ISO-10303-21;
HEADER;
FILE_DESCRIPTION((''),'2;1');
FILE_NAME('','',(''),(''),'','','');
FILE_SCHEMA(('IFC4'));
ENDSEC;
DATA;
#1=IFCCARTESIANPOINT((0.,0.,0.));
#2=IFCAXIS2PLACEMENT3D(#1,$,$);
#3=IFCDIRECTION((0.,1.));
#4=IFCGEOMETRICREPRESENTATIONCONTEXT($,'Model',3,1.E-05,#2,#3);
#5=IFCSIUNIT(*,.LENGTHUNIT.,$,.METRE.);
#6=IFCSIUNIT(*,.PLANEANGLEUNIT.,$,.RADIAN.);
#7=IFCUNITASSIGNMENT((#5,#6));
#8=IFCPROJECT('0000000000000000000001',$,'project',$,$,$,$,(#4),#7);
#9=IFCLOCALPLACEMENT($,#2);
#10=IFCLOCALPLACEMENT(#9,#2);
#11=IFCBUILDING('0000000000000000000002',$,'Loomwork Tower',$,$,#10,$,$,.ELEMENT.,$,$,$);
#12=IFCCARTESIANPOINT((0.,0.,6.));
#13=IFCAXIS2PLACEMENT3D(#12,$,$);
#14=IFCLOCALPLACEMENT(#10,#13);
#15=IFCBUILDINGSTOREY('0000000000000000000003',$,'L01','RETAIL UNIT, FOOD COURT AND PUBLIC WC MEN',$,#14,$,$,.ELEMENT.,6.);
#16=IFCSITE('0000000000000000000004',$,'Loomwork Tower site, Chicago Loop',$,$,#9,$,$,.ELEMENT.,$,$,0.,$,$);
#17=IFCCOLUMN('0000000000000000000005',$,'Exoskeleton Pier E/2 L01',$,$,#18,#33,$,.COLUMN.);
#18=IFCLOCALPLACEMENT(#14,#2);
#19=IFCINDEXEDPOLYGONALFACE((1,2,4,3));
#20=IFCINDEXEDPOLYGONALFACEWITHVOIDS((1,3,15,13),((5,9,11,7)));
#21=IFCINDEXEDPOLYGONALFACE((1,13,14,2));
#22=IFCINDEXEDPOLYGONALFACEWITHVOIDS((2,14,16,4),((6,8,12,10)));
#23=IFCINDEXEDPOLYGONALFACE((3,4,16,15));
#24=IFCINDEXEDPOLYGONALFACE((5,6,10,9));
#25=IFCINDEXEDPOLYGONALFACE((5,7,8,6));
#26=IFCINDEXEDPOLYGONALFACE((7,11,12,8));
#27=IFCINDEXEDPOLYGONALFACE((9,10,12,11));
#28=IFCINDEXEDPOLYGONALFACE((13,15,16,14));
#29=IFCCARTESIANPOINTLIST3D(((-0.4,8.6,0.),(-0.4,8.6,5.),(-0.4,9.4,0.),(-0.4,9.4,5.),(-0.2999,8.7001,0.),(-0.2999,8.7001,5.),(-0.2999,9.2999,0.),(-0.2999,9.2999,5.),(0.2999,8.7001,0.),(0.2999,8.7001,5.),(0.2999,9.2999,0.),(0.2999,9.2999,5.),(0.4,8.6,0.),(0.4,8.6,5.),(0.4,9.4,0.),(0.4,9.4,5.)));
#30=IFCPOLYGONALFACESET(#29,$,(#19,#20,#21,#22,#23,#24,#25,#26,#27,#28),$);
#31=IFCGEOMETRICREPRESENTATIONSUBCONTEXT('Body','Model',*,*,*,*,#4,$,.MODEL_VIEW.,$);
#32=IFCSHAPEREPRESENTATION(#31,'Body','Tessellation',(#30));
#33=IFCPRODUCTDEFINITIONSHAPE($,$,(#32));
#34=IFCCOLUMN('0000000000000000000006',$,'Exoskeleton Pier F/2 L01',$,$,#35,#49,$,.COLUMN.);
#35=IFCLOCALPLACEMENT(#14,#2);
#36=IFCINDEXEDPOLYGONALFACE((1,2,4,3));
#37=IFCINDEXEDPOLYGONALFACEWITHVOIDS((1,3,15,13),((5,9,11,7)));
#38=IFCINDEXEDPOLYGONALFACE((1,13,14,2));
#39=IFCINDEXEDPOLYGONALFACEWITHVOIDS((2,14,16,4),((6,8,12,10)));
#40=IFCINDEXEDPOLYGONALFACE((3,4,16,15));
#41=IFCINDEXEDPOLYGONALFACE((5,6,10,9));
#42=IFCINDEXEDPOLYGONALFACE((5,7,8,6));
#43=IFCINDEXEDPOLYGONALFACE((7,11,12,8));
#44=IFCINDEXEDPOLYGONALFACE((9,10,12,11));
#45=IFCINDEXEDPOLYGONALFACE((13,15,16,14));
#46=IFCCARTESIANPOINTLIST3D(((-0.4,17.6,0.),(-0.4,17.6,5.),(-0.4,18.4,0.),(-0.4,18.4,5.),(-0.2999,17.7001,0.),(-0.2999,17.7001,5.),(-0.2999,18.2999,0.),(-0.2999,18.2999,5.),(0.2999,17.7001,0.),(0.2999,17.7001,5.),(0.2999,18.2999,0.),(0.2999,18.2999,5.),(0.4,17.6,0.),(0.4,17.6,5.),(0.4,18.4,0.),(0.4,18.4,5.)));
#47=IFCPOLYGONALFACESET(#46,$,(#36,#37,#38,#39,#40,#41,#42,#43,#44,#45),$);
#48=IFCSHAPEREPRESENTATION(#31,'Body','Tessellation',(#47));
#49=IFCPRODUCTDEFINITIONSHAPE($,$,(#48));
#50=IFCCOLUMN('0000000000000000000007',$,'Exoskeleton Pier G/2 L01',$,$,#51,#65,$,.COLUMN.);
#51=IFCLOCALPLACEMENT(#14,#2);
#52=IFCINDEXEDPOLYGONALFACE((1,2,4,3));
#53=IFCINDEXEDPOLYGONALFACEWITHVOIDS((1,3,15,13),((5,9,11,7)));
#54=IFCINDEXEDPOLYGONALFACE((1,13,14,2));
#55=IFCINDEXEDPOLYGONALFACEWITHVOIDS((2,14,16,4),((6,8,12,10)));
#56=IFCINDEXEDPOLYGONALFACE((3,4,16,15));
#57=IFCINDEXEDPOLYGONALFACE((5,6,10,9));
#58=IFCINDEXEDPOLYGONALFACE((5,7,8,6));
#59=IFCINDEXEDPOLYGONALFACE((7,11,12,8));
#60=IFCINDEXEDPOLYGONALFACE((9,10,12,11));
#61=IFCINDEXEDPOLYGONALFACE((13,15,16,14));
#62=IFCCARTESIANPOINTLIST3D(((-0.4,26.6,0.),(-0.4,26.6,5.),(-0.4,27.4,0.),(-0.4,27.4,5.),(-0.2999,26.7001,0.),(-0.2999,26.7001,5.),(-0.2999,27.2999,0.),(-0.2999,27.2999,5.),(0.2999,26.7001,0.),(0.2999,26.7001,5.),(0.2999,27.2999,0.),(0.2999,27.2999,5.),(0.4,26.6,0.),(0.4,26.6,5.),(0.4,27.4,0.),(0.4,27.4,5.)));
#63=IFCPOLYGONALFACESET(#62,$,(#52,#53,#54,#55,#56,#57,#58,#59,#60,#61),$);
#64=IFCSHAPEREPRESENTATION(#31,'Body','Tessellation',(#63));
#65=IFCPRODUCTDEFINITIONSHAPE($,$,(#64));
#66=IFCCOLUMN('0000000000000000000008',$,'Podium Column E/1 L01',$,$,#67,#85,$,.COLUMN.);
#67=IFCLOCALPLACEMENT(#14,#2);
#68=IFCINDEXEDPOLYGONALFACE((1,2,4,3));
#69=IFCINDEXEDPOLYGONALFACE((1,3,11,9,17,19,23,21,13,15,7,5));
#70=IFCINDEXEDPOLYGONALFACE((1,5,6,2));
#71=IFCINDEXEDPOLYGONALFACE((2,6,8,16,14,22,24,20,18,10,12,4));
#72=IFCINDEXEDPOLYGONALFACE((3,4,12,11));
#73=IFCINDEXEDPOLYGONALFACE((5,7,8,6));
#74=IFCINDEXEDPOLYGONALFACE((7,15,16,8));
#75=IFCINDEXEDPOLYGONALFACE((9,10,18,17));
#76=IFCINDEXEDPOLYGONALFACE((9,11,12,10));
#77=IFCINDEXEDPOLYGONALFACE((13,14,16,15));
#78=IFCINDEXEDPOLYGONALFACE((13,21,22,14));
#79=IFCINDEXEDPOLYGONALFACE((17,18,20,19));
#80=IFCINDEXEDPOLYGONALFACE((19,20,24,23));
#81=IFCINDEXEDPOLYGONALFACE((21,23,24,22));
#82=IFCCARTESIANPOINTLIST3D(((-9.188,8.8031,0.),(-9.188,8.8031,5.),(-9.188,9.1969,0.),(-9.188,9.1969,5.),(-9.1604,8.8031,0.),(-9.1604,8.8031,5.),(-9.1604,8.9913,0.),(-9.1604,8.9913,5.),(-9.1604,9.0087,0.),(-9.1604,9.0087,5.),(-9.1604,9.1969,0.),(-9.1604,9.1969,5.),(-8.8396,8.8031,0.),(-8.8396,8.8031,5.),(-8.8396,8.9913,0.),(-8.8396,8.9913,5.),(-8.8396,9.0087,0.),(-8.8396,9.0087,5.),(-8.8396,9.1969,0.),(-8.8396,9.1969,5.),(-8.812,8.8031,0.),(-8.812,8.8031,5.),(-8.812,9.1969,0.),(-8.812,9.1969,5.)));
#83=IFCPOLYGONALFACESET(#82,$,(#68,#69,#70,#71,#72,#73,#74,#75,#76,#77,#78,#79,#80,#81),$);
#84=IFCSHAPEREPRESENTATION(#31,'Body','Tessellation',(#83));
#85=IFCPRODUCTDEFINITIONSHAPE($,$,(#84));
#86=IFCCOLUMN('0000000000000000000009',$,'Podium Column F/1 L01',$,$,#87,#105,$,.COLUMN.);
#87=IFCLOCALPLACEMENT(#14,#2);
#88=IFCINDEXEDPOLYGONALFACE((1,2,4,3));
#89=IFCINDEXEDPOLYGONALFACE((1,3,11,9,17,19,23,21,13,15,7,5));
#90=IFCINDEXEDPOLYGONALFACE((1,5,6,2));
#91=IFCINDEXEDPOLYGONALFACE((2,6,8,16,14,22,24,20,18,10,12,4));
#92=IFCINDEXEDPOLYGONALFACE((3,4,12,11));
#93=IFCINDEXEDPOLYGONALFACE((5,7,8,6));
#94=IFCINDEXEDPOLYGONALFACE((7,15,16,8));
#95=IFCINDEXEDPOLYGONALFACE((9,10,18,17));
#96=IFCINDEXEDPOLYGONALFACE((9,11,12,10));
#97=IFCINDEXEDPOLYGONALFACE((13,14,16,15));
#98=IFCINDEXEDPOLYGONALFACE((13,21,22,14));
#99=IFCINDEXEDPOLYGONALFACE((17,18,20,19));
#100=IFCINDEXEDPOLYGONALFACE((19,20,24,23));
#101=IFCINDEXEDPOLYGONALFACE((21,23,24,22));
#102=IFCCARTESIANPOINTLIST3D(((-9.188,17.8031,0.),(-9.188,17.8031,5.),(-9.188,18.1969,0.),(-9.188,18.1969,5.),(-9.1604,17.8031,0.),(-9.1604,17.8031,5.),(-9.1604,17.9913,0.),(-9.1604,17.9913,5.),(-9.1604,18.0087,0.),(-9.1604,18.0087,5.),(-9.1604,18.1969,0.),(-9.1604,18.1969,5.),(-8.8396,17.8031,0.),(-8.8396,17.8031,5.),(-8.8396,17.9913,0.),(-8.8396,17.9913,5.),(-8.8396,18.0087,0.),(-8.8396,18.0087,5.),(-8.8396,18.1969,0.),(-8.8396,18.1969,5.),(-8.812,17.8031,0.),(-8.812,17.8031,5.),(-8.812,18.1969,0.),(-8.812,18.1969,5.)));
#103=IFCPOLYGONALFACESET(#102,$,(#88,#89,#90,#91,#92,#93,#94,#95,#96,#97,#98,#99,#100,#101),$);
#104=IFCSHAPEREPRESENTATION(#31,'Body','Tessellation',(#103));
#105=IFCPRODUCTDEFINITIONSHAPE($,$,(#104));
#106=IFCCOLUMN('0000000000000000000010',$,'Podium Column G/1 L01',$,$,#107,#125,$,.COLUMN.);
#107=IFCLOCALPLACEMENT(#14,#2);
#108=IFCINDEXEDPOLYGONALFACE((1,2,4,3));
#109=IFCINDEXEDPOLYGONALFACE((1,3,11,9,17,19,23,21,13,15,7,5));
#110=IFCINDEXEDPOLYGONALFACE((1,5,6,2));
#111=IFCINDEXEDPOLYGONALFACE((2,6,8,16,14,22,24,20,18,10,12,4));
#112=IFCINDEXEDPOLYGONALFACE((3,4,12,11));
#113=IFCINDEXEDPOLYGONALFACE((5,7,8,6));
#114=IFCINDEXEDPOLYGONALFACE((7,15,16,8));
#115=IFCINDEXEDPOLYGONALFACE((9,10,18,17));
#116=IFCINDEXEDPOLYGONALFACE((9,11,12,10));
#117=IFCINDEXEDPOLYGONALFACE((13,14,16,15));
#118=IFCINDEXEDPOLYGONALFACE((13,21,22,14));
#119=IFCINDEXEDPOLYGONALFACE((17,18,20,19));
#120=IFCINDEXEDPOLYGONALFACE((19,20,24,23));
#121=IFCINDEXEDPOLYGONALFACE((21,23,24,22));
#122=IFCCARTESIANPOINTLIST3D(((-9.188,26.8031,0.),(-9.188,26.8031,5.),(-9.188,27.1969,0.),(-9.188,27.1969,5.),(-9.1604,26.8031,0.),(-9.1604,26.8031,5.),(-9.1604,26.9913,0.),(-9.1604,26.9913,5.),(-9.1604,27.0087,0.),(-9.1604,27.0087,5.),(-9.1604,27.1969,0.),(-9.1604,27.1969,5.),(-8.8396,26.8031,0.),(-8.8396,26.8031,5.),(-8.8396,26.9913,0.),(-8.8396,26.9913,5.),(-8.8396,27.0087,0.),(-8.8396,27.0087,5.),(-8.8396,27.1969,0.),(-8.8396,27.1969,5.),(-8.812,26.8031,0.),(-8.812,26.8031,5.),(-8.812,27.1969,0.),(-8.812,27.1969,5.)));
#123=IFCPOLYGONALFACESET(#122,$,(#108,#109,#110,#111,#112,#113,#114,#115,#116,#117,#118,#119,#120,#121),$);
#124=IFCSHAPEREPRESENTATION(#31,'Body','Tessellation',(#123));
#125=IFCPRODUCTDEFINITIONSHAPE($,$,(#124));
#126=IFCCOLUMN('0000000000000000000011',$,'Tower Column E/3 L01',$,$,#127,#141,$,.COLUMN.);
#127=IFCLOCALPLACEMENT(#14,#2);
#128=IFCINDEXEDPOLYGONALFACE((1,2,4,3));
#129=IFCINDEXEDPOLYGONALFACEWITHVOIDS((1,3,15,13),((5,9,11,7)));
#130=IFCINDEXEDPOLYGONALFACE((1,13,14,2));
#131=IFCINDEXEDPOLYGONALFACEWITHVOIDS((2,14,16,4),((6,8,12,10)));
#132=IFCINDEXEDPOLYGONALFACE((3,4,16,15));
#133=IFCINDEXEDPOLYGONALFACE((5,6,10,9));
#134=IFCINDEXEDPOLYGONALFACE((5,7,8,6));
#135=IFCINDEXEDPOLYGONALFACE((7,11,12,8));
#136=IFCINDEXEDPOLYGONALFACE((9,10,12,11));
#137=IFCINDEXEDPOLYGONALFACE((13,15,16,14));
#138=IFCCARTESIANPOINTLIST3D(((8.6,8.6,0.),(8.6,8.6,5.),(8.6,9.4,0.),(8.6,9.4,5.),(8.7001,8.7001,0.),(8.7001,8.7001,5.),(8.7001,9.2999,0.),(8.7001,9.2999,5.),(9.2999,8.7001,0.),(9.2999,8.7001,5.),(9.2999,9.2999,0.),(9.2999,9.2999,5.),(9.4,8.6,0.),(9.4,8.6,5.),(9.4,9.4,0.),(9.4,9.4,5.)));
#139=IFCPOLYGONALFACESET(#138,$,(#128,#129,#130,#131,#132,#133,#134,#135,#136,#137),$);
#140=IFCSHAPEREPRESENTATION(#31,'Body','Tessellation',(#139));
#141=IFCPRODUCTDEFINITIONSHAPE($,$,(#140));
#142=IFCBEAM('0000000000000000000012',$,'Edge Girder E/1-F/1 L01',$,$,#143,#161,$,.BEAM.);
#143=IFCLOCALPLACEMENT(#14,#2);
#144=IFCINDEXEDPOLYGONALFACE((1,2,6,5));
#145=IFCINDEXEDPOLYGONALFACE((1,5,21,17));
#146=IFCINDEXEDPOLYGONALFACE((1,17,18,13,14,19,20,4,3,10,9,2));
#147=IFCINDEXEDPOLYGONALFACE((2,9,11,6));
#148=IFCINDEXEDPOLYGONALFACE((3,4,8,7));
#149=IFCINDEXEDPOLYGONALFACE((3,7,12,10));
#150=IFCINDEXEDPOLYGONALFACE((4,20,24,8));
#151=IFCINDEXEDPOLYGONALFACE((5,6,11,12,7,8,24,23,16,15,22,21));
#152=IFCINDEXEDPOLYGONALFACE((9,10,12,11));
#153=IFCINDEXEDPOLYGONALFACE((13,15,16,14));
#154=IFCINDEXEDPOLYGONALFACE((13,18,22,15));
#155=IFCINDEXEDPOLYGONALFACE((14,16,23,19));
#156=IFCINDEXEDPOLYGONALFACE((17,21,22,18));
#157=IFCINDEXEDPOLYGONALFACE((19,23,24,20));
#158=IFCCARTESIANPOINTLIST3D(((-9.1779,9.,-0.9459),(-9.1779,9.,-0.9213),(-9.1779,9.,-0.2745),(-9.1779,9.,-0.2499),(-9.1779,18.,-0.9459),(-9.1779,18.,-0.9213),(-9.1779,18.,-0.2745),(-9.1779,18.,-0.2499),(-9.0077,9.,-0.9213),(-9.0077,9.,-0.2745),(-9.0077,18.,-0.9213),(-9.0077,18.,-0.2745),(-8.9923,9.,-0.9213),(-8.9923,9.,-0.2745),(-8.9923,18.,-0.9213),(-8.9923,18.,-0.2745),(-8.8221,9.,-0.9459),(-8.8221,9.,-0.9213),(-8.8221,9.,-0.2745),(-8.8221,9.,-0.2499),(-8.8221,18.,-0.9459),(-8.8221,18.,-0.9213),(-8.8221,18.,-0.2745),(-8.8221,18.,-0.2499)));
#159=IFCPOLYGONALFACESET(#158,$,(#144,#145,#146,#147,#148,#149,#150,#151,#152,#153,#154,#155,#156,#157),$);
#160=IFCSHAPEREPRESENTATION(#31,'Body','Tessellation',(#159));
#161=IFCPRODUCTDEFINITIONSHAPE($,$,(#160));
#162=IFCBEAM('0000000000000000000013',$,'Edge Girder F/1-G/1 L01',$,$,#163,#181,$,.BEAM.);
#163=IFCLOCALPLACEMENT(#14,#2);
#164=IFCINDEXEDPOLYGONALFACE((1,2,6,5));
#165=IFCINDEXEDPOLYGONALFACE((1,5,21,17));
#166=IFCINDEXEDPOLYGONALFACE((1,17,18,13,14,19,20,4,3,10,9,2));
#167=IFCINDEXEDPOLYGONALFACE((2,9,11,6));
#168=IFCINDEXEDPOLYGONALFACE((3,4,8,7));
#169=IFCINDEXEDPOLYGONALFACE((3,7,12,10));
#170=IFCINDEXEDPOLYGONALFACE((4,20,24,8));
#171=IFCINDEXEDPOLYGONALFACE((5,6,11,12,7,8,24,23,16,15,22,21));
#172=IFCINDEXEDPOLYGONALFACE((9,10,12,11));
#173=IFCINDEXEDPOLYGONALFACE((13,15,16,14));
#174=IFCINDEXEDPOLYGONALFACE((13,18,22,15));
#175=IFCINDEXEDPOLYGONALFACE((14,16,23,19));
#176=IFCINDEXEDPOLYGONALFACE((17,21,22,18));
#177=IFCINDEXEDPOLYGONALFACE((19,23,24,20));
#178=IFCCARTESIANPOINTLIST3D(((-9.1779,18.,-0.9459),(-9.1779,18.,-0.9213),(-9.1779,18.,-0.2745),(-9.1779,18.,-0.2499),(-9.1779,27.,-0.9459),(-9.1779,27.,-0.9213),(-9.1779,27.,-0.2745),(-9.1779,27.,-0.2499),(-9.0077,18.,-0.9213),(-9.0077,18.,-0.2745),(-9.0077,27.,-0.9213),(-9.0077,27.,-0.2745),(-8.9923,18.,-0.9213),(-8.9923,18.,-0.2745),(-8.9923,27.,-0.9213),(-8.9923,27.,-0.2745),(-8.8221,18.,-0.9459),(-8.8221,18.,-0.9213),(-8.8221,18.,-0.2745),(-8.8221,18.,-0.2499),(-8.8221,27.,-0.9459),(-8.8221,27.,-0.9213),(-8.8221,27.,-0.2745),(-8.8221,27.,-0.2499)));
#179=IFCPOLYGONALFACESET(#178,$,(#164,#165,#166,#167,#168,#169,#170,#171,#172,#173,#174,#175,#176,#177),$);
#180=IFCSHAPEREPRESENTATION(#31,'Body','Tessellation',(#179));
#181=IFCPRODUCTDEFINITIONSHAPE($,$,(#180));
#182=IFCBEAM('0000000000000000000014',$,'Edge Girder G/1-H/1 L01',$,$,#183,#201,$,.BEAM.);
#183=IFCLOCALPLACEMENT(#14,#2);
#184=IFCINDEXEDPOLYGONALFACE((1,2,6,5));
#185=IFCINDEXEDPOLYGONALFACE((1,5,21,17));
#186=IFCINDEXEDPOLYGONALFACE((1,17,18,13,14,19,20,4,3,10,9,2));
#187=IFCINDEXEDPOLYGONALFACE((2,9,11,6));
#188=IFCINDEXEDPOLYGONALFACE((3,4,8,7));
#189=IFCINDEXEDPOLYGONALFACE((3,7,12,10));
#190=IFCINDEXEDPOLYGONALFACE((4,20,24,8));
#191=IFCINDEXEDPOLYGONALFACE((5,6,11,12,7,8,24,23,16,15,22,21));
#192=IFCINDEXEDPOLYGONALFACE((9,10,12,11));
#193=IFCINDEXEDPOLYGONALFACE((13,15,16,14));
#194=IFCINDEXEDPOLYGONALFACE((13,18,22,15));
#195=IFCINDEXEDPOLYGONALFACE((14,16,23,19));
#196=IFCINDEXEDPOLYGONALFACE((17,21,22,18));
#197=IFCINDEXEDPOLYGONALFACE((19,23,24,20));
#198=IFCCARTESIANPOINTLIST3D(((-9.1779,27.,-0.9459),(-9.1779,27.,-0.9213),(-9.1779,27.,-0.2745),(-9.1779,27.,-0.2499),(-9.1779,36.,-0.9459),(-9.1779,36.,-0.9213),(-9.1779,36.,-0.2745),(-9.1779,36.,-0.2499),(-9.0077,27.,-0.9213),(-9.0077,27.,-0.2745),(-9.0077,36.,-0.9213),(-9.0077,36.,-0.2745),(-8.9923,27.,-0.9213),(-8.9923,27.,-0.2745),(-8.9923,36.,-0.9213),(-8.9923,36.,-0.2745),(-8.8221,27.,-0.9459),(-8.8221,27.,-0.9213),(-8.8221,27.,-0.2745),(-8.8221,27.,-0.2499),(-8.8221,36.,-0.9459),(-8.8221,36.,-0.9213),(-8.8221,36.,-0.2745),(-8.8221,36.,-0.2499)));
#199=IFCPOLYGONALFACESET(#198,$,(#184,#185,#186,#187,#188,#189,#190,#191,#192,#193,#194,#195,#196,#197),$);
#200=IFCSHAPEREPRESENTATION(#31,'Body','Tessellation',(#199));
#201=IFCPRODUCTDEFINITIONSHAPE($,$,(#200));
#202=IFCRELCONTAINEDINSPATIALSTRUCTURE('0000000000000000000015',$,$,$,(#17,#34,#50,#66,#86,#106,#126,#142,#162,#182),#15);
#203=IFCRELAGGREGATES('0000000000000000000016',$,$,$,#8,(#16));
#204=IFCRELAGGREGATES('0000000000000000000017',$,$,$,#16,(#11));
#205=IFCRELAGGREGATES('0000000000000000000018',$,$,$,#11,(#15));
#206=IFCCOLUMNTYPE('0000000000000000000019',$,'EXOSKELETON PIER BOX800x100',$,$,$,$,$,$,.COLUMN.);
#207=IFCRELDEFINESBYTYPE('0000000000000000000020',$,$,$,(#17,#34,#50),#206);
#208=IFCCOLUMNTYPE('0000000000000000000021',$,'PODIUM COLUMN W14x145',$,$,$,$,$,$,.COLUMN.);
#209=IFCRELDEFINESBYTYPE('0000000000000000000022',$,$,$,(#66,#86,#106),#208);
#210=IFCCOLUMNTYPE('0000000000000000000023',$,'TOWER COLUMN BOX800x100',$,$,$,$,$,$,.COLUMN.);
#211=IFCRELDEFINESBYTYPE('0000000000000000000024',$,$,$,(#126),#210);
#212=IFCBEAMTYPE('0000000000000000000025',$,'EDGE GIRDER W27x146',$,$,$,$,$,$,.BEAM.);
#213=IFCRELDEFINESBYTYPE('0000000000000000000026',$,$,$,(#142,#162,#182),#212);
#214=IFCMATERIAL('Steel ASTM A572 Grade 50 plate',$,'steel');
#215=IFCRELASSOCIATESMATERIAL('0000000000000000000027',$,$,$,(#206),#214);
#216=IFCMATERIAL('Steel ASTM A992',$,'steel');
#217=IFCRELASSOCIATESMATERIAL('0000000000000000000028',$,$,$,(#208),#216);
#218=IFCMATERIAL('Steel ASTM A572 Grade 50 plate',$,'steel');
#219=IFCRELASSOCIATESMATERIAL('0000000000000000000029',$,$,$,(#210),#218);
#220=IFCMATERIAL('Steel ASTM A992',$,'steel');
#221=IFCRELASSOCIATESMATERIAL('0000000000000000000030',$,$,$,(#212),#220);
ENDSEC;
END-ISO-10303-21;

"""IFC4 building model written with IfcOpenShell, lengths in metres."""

from ifc_helpers import new_model, si_unit, direction, frame, origin, origin_2d, place, context, subcontext, project, spatial, hollow_rectangle, i_section, extrude, material, material_profile, profile_set, type_object, element, save


model = new_model("IFC4")

# Units and contexts
model_context = context("Model", 3, precision=1e-05, world=origin(), true_north=direction((0.0, 1.0)))
body_context = subcontext(model_context, "Body", "Model", "MODEL_VIEW")
ifc_project = project(units=[si_unit("LENGTHUNIT", "METRE"), si_unit("PLANEANGLEUNIT", "RADIAN")], contexts=[model_context])

# Site, building, storey
site_placement = place(None, origin())
site = spatial("IfcSite", under=ifc_project, at=site_placement, Name="Loomwork Tower site, Chicago Loop", CompositionType="ELEMENT", RefElevation=0.0)
building_placement = place(site_placement, origin())
building = spatial("IfcBuilding", under=site, at=building_placement, Name="Loomwork Tower", CompositionType="ELEMENT")
storey_placement = place(building_placement, frame((0.0, 0.0, 6.0)))
storey = spatial("IfcBuildingStorey", under=building, at=storey_placement, Name="L01", Description="RETAIL UNIT, FOOD COURT AND PUBLIC WC MEN", CompositionType="ELEMENT", Elevation=6.0)

# Columns
ifc_material_1 = material(Name="Steel ASTM A572 Grade 50 plate", Category="steel")
ifc_material_profile_1 = material_profile(ifc_material_1, hollow_rectangle(XDim=0.8, YDim=0.8, WallThickness=0.1001, at=origin_2d()), Name="BOX800x100")
ifc_profile_set_1 = profile_set([ifc_material_profile_1], Name="Steel ASTM A572 Grade 50 plate")
column_type_1 = type_object("IfcColumnType", Name="EXOSKELETON PIER BOX800x100", PredefinedType="COLUMN", material=ifc_profile_set_1)
for number, where, z_axis, x_axis, name in (
    (1, (0.0, 9.0, 0.0), (0.0, 0.0, 1.0), (0.0, 1.0, 0.0), "Exoskeleton Pier E/2 L01"),
    (2, (0.0, 18.0, 0.0), (0.0, 0.0, 1.0), (0.0, 1.0, 0.0), "Exoskeleton Pier F/2 L01"),
    (3, (0.0, 27.0, 0.0), (0.0, 0.0, 1.0), (0.0, 1.0, 0.0), "Exoskeleton Pier G/2 L01"),
):
    element("IfcColumn", number, at=place(storey_placement, frame(where, z_axis=z_axis, x_axis=x_axis)), inside=storey, type_object=column_type_1, Name=name, PredefinedType="COLUMN", context=body_context, shape_type="SweptSolid", body=[
        extrude(hollow_rectangle(XDim=0.8, YDim=0.8, WallThickness=0.1001, at=origin_2d()), origin(), (0.0, 0.0, 1.0), 5.0),
    ])
ifc_material_2 = material(Name="Steel ASTM A992", Category="steel")
ifc_material_profile_2 = material_profile(ifc_material_2, i_section(OverallWidth=0.3938, OverallDepth=0.376, WebThickness=0.0173, FlangeThickness=0.0276, at=origin_2d()), Name="W14x145")
ifc_profile_set_2 = profile_set([ifc_material_profile_2], Name="Steel ASTM A992")
column_type_2 = type_object("IfcColumnType", Name="PODIUM COLUMN W14x145", PredefinedType="COLUMN", material=ifc_profile_set_2)
for number, where, z_axis, x_axis, name in (
    (4, (-9.0, 9.0, 0.0), (0.0, 0.0, 1.0), (0.0, 1.0, 0.0), "Podium Column E/1 L01"),
    (5, (-9.0, 18.0, 0.0), (0.0, 0.0, 1.0), (0.0, 1.0, 0.0), "Podium Column F/1 L01"),
    (6, (-9.0, 27.0, 0.0), (0.0, 0.0, 1.0), (0.0, 1.0, 0.0), "Podium Column G/1 L01"),
):
    element("IfcColumn", number, at=place(storey_placement, frame(where, z_axis=z_axis, x_axis=x_axis)), inside=storey, type_object=column_type_2, Name=name, PredefinedType="COLUMN", context=body_context, shape_type="SweptSolid", body=[
        extrude(i_section(OverallWidth=0.3938, OverallDepth=0.376, WebThickness=0.0173, FlangeThickness=0.0276, at=origin_2d()), origin(), (0.0, 0.0, 1.0), 5.0),
    ])
ifc_material_3 = material(Name="Steel ASTM A572 Grade 50 plate", Category="steel")
ifc_material_profile_3 = material_profile(ifc_material_3, hollow_rectangle(XDim=0.8, YDim=0.8, WallThickness=0.1001, at=origin_2d()), Name="BOX800x100")
ifc_profile_set_3 = profile_set([ifc_material_profile_3], Name="Steel ASTM A572 Grade 50 plate")
column_type_3 = type_object("IfcColumnType", Name="TOWER COLUMN BOX800x100", PredefinedType="COLUMN", material=ifc_profile_set_3)
column_placement = place(storey_placement, frame((9.0, 9.0, 0.0), z_axis=(0.0, 0.0, 1.0), x_axis=(1.0, 0.0, 0.0)))
element("IfcColumn", 7, at=column_placement, inside=storey, type_object=column_type_3, Name="Tower Column E/3 L01", PredefinedType="COLUMN", context=body_context, shape_type="SweptSolid", body=[
    extrude(hollow_rectangle(XDim=0.8, YDim=0.8, WallThickness=0.1001, at=origin_2d()), origin(), (0.0, 0.0, 1.0), 5.0),
])

# Beams
ifc_material_4 = material(Name="Steel ASTM A992", Category="steel")
ifc_material_profile_4 = material_profile(ifc_material_4, i_section(OverallWidth=0.3557, OverallDepth=0.696, WebThickness=0.0154, FlangeThickness=0.0247, at=origin_2d()), Name="W27x146")
ifc_profile_set_4 = profile_set([ifc_material_profile_4], Name="Steel ASTM A992")
beam_type_1 = type_object("IfcBeamType", Name="EDGE GIRDER W27x146", PredefinedType="BEAM", material=ifc_profile_set_4)
for number, where, z_axis, x_axis, name in (
    (8, (-9.0, 9.0, -0.5979), (0.0, 1.0, 0.0), (-1.0, 0.0, 0.0), "Edge Girder E/1-F/1 L01"),
    (9, (-9.0, 18.0, -0.5979), (0.0, 1.0, 0.0), (-1.0, 0.0, 0.0), "Edge Girder F/1-G/1 L01"),
    (10, (-9.0, 27.0, -0.5979), (0.0, 1.0, 0.0), (-1.0, 0.0, 0.0), "Edge Girder G/1-H/1 L01"),
):
    element("IfcBeam", number, at=place(storey_placement, frame(where, z_axis=z_axis, x_axis=x_axis)), inside=storey, type_object=beam_type_1, Name=name, PredefinedType="BEAM", context=body_context, shape_type="SweptSolid", body=[
        extrude(i_section(OverallWidth=0.3557, OverallDepth=0.696, WebThickness=0.0154, FlangeThickness=0.0247, at=origin_2d()), origin(), (0.0, 0.0, 1.0), 9.0),
    ])

save(model, "model.ifc")
